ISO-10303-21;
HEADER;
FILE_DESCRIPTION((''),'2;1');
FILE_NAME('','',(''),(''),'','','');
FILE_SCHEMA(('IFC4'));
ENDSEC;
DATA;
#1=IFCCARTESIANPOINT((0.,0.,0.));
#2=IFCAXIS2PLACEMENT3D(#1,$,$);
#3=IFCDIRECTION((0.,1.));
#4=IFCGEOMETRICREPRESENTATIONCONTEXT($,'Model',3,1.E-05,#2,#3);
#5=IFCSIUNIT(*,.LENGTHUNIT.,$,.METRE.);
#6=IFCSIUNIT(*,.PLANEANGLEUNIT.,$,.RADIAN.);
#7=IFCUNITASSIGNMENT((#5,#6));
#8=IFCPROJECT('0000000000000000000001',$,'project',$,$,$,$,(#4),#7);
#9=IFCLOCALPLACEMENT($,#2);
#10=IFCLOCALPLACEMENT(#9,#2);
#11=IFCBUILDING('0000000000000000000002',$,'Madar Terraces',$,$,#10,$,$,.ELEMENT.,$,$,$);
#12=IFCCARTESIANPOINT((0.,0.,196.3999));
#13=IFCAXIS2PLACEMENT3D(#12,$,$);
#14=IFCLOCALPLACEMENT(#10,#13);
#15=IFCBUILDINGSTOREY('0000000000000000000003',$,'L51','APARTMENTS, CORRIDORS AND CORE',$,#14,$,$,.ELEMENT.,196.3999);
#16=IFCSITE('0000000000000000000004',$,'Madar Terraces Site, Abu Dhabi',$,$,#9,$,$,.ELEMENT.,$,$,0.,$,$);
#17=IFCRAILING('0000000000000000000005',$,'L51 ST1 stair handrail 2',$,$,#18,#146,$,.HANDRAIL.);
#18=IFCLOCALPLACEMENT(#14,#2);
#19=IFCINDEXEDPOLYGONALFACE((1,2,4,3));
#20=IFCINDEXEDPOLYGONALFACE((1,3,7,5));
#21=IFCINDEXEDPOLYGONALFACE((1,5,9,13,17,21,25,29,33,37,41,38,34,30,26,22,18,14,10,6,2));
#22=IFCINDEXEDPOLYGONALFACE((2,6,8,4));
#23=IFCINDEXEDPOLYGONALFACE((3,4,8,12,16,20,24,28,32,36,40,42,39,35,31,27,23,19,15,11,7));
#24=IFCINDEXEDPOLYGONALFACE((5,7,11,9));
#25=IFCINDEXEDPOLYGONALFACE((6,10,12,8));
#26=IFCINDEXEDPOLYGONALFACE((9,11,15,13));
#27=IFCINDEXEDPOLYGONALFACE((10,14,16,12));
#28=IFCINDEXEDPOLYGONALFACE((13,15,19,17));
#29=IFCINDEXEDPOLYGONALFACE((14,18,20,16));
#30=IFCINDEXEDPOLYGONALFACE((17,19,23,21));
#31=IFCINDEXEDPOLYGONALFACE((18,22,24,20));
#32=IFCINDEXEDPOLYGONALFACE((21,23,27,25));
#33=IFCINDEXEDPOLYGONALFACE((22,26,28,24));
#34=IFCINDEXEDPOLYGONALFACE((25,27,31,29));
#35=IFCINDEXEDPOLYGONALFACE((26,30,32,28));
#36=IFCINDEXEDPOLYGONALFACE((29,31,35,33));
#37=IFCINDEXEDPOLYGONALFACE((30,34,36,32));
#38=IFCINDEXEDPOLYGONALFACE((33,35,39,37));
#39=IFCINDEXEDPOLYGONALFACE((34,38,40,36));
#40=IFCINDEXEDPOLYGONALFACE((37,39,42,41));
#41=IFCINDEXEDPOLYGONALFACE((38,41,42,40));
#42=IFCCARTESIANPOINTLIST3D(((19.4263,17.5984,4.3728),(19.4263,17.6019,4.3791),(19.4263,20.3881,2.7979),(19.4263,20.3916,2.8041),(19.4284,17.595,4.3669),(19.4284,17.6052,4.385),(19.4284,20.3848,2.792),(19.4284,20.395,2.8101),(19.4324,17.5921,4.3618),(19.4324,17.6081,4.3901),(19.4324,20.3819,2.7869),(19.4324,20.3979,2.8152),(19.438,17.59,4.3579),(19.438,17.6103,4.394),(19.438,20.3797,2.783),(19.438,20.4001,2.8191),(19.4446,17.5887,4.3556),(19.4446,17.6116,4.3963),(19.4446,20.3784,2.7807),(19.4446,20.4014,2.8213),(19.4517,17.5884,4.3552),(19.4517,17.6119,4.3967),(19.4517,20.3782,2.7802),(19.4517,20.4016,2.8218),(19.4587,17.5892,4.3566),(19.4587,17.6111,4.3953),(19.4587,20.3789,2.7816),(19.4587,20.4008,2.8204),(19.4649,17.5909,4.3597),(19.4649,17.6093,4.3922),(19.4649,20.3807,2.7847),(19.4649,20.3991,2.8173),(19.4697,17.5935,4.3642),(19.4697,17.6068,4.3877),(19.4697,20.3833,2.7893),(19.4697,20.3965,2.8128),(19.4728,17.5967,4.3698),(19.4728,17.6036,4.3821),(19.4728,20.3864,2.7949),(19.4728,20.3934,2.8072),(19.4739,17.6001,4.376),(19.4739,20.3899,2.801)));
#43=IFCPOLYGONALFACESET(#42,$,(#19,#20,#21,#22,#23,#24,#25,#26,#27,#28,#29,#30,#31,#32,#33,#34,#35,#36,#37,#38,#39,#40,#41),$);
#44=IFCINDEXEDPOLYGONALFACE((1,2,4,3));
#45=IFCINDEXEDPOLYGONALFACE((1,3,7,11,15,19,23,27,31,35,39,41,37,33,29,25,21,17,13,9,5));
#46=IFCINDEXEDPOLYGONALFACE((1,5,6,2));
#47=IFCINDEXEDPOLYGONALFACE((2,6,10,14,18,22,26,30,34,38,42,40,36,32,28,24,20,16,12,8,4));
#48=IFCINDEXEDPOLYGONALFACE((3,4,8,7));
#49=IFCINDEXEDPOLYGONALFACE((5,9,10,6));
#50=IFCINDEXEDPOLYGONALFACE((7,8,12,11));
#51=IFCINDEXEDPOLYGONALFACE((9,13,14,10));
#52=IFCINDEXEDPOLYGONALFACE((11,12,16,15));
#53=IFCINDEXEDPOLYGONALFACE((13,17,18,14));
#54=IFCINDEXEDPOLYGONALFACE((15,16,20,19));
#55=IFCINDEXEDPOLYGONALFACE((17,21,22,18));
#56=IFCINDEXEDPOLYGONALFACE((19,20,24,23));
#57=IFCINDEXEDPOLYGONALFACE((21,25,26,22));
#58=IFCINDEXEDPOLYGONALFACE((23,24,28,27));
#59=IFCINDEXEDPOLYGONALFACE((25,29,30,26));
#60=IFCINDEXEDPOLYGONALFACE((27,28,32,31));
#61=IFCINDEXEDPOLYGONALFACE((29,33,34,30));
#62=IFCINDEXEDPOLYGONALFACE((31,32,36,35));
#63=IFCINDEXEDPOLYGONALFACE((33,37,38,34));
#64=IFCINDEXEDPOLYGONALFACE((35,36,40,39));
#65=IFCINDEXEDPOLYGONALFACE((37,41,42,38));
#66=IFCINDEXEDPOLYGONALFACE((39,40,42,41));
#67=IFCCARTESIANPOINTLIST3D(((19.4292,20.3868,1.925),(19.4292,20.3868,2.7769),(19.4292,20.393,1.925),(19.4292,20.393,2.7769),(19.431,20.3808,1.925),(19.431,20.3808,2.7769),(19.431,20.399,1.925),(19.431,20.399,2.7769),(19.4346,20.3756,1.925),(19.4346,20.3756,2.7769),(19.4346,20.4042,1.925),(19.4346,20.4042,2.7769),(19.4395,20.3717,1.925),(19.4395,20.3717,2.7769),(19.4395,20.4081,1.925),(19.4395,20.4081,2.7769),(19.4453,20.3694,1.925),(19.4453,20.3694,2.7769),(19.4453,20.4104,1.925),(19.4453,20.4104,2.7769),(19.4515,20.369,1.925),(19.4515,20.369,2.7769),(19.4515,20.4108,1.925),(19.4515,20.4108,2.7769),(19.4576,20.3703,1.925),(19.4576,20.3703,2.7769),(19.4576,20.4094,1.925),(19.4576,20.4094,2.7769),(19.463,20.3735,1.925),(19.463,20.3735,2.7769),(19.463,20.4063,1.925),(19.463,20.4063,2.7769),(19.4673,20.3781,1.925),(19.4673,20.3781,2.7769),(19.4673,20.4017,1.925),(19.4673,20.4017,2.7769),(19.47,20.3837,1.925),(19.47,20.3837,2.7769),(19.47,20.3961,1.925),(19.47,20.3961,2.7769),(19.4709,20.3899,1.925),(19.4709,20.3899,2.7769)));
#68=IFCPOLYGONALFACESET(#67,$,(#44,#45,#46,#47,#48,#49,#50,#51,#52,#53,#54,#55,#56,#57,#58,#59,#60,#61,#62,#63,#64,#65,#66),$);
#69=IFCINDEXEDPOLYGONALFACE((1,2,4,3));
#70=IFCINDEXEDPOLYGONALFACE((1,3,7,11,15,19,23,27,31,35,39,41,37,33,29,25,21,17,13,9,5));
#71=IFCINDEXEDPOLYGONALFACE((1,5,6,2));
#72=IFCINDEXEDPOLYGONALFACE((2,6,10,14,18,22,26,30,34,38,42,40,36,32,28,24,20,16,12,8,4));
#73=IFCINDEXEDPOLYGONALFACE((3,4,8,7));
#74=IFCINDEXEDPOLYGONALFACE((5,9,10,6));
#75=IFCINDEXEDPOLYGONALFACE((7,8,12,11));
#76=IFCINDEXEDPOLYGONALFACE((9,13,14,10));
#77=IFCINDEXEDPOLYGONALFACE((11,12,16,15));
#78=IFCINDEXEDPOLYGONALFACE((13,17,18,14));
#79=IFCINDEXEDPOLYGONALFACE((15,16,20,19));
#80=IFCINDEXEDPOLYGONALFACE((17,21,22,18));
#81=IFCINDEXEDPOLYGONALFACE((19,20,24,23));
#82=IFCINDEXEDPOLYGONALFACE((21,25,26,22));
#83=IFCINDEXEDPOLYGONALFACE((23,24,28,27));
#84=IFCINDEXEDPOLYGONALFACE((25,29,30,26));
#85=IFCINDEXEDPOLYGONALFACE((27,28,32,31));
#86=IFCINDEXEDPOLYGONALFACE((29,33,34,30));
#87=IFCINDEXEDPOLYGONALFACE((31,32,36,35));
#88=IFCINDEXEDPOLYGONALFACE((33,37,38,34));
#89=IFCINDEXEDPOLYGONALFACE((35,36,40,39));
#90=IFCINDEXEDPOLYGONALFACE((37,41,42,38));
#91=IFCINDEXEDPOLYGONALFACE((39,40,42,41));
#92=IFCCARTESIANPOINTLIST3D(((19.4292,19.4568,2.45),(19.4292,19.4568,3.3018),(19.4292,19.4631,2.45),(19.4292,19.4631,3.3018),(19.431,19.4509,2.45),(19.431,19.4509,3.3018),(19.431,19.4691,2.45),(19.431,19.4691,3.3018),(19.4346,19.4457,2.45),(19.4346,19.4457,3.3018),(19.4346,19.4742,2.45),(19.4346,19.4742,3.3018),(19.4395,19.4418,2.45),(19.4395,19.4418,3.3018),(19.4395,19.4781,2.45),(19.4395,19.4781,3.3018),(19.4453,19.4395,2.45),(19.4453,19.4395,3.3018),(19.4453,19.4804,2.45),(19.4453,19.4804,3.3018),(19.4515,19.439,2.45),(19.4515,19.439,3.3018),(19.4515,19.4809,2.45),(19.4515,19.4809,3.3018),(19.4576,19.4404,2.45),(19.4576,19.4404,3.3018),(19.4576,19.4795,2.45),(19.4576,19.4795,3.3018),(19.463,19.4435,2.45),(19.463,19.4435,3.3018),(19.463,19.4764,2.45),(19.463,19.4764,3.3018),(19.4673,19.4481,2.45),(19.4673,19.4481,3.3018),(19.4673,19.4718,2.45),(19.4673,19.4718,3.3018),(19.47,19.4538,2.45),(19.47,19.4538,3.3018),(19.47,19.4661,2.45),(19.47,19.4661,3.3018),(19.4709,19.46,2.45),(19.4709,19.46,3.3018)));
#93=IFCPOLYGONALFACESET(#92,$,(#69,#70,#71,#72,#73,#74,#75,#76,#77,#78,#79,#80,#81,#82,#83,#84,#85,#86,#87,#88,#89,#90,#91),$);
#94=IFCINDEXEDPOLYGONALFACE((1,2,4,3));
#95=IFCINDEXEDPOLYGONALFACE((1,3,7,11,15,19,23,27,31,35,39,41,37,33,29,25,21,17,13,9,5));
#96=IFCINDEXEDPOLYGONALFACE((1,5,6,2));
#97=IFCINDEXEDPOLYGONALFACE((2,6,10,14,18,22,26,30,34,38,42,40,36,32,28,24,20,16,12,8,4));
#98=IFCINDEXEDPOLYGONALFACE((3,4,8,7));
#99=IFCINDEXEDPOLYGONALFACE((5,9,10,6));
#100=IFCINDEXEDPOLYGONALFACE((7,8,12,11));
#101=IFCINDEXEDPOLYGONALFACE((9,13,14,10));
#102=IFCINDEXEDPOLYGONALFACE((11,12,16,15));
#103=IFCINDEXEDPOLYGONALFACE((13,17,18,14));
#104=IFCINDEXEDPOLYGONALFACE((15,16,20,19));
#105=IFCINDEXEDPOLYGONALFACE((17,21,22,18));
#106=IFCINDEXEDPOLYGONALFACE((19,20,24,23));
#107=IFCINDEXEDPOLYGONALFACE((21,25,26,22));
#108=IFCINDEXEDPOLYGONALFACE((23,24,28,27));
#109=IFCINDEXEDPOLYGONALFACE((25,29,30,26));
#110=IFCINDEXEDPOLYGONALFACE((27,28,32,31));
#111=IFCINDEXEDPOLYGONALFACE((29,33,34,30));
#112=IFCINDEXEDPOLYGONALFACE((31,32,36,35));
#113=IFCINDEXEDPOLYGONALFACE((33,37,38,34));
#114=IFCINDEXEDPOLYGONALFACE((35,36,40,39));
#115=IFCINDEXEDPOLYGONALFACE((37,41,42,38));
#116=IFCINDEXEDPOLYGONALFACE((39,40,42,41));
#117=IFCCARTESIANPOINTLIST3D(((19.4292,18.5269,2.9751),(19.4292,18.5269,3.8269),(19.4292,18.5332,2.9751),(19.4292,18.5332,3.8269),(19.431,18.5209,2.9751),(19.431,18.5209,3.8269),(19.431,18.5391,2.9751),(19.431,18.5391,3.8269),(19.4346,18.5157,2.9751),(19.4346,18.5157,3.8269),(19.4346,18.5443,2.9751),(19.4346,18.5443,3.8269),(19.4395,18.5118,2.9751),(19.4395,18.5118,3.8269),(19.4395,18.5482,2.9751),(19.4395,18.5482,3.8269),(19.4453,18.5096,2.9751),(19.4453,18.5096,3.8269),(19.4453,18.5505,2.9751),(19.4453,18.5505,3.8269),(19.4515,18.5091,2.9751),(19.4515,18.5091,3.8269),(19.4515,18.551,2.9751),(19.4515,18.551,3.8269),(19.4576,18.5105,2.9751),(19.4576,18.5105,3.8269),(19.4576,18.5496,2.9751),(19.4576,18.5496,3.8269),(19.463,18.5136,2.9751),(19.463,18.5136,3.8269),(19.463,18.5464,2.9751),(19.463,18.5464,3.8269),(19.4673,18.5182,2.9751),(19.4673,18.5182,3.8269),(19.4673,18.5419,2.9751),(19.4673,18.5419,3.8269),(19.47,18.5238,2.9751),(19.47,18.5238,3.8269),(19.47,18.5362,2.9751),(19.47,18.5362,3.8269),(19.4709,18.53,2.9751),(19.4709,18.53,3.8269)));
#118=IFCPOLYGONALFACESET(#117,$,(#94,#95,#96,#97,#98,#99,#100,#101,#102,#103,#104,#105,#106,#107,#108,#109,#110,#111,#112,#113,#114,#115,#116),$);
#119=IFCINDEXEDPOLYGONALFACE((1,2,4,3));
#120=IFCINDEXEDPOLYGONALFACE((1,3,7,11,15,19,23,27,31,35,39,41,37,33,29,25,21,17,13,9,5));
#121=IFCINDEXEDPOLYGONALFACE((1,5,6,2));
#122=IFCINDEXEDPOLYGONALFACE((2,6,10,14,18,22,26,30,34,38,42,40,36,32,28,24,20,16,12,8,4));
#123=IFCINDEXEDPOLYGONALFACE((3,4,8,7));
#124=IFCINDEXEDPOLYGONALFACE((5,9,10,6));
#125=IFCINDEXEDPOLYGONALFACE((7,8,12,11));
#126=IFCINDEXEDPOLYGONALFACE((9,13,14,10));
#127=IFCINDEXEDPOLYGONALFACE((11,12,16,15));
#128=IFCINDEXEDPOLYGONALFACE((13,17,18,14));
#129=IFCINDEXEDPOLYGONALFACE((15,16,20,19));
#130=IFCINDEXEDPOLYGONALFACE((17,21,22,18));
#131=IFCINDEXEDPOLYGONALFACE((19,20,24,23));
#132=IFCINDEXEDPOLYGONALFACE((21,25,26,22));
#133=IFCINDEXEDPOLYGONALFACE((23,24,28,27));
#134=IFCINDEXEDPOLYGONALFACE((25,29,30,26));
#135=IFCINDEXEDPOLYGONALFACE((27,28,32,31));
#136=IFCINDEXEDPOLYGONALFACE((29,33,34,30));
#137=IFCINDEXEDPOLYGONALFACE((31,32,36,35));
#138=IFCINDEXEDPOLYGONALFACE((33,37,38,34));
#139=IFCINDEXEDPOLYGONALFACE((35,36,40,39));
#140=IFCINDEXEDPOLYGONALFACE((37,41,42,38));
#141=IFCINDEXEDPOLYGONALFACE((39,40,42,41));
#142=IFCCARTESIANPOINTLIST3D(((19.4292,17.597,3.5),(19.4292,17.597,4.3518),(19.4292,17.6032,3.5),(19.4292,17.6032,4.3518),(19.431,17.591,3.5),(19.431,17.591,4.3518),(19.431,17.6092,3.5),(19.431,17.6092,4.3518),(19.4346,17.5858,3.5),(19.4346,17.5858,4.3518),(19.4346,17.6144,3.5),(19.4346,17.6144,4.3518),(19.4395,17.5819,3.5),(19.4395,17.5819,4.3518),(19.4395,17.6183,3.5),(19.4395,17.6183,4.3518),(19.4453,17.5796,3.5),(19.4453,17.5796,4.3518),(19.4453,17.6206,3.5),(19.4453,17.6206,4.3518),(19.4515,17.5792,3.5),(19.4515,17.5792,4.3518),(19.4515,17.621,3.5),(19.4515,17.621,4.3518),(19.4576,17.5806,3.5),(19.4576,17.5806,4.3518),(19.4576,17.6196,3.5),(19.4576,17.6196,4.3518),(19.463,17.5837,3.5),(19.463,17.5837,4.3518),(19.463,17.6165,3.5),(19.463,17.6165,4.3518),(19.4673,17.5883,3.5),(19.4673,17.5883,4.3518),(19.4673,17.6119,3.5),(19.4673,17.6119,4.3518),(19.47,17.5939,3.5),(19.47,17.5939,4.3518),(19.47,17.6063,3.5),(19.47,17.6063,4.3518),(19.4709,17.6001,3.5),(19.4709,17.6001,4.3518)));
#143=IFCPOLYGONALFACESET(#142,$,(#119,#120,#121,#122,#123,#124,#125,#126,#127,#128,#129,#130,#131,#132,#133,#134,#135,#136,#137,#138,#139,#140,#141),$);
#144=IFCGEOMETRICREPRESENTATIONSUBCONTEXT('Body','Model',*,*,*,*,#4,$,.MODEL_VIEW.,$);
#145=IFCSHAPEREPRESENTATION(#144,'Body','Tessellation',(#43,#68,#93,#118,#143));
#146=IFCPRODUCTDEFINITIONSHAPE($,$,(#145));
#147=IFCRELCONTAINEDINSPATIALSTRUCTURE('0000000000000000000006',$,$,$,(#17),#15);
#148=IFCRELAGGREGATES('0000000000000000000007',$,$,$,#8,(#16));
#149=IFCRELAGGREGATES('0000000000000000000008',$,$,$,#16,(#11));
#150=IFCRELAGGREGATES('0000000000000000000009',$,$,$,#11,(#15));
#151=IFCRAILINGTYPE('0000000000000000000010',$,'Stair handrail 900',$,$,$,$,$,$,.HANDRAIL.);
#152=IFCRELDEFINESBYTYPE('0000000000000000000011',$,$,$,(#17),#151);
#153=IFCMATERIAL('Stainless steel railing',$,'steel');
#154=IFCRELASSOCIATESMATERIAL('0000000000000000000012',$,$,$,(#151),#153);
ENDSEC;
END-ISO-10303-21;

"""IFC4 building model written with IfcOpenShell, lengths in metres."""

from ifc_helpers import new_model, si_unit, direction, frame, origin, origin_2d, place, context, subcontext, project, spatial, circle, extrude, material, type_object, element, save


model = new_model("IFC4")

# Units and contexts
model_context = context("Model", 3, precision=1e-05, world=origin(), true_north=direction((0.0, 1.0)))
body_context = subcontext(model_context, "Body", "Model", "MODEL_VIEW")
ifc_project = project(units=[si_unit("LENGTHUNIT", "METRE"), si_unit("PLANEANGLEUNIT", "RADIAN")], contexts=[model_context])

# Site, building, storey
site_placement = place(None, origin())
site = spatial("IfcSite", under=ifc_project, at=site_placement, Name="Madar Terraces Site, Abu Dhabi", CompositionType="ELEMENT", RefElevation=0.0)
building_placement = place(site_placement, origin())
building = spatial("IfcBuilding", under=site, at=building_placement, Name="Madar Terraces", CompositionType="ELEMENT")
storey_placement = place(building_placement, frame((0.0, 0.0, 196.3999)))
storey = spatial("IfcBuildingStorey", under=building, at=storey_placement, Name="L51", Description="APARTMENTS, CORRIDORS AND CORE", CompositionType="ELEMENT", Elevation=196.3999)

# Railing
ifc_material_1 = material(Name="Stainless steel railing", Category="steel")
railing_type_1 = type_object("IfcRailingType", Name="Stair handrail 900", PredefinedType="HANDRAIL", material=ifc_material_1)
railing_1_placement = place(storey_placement, frame((19.45, 20.3899, 1.925)))
element("IfcRailing", 1, at=railing_1_placement, inside=storey, type_object=railing_type_1, Name="L51 ST1 stair handrail 2", PredefinedType="HANDRAIL", context=body_context, shape_type="SweptSolid", body=[
    extrude(circle(Radius=0.0239, at=origin_2d()), frame((0.0, 0.0, 0.876), z_axis=(0.0, -0.870815, 0.49161), x_axis=(1.0, 0.0, 0.0)), (0.0, 0.0, 1.0), 3.2036),
    extrude(circle(Radius=0.021, at=origin_2d()), origin(), (0.0, 0.0, 1.0), 0.8518),
    extrude(circle(Radius=0.021, at=origin_2d()), frame((0.0, -0.9299, 0.5249)), (0.0, 0.0, 1.0), 0.8518),
    extrude(circle(Radius=0.021, at=origin_2d()), frame((0.0, -1.8599, 1.05)), (0.0, 0.0, 1.0), 0.8518),
    extrude(circle(Radius=0.021, at=origin_2d()), frame((0.0, -2.7898, 1.575)), (0.0, 0.0, 1.0), 0.8518),
])

save(model, "model.ifc")
